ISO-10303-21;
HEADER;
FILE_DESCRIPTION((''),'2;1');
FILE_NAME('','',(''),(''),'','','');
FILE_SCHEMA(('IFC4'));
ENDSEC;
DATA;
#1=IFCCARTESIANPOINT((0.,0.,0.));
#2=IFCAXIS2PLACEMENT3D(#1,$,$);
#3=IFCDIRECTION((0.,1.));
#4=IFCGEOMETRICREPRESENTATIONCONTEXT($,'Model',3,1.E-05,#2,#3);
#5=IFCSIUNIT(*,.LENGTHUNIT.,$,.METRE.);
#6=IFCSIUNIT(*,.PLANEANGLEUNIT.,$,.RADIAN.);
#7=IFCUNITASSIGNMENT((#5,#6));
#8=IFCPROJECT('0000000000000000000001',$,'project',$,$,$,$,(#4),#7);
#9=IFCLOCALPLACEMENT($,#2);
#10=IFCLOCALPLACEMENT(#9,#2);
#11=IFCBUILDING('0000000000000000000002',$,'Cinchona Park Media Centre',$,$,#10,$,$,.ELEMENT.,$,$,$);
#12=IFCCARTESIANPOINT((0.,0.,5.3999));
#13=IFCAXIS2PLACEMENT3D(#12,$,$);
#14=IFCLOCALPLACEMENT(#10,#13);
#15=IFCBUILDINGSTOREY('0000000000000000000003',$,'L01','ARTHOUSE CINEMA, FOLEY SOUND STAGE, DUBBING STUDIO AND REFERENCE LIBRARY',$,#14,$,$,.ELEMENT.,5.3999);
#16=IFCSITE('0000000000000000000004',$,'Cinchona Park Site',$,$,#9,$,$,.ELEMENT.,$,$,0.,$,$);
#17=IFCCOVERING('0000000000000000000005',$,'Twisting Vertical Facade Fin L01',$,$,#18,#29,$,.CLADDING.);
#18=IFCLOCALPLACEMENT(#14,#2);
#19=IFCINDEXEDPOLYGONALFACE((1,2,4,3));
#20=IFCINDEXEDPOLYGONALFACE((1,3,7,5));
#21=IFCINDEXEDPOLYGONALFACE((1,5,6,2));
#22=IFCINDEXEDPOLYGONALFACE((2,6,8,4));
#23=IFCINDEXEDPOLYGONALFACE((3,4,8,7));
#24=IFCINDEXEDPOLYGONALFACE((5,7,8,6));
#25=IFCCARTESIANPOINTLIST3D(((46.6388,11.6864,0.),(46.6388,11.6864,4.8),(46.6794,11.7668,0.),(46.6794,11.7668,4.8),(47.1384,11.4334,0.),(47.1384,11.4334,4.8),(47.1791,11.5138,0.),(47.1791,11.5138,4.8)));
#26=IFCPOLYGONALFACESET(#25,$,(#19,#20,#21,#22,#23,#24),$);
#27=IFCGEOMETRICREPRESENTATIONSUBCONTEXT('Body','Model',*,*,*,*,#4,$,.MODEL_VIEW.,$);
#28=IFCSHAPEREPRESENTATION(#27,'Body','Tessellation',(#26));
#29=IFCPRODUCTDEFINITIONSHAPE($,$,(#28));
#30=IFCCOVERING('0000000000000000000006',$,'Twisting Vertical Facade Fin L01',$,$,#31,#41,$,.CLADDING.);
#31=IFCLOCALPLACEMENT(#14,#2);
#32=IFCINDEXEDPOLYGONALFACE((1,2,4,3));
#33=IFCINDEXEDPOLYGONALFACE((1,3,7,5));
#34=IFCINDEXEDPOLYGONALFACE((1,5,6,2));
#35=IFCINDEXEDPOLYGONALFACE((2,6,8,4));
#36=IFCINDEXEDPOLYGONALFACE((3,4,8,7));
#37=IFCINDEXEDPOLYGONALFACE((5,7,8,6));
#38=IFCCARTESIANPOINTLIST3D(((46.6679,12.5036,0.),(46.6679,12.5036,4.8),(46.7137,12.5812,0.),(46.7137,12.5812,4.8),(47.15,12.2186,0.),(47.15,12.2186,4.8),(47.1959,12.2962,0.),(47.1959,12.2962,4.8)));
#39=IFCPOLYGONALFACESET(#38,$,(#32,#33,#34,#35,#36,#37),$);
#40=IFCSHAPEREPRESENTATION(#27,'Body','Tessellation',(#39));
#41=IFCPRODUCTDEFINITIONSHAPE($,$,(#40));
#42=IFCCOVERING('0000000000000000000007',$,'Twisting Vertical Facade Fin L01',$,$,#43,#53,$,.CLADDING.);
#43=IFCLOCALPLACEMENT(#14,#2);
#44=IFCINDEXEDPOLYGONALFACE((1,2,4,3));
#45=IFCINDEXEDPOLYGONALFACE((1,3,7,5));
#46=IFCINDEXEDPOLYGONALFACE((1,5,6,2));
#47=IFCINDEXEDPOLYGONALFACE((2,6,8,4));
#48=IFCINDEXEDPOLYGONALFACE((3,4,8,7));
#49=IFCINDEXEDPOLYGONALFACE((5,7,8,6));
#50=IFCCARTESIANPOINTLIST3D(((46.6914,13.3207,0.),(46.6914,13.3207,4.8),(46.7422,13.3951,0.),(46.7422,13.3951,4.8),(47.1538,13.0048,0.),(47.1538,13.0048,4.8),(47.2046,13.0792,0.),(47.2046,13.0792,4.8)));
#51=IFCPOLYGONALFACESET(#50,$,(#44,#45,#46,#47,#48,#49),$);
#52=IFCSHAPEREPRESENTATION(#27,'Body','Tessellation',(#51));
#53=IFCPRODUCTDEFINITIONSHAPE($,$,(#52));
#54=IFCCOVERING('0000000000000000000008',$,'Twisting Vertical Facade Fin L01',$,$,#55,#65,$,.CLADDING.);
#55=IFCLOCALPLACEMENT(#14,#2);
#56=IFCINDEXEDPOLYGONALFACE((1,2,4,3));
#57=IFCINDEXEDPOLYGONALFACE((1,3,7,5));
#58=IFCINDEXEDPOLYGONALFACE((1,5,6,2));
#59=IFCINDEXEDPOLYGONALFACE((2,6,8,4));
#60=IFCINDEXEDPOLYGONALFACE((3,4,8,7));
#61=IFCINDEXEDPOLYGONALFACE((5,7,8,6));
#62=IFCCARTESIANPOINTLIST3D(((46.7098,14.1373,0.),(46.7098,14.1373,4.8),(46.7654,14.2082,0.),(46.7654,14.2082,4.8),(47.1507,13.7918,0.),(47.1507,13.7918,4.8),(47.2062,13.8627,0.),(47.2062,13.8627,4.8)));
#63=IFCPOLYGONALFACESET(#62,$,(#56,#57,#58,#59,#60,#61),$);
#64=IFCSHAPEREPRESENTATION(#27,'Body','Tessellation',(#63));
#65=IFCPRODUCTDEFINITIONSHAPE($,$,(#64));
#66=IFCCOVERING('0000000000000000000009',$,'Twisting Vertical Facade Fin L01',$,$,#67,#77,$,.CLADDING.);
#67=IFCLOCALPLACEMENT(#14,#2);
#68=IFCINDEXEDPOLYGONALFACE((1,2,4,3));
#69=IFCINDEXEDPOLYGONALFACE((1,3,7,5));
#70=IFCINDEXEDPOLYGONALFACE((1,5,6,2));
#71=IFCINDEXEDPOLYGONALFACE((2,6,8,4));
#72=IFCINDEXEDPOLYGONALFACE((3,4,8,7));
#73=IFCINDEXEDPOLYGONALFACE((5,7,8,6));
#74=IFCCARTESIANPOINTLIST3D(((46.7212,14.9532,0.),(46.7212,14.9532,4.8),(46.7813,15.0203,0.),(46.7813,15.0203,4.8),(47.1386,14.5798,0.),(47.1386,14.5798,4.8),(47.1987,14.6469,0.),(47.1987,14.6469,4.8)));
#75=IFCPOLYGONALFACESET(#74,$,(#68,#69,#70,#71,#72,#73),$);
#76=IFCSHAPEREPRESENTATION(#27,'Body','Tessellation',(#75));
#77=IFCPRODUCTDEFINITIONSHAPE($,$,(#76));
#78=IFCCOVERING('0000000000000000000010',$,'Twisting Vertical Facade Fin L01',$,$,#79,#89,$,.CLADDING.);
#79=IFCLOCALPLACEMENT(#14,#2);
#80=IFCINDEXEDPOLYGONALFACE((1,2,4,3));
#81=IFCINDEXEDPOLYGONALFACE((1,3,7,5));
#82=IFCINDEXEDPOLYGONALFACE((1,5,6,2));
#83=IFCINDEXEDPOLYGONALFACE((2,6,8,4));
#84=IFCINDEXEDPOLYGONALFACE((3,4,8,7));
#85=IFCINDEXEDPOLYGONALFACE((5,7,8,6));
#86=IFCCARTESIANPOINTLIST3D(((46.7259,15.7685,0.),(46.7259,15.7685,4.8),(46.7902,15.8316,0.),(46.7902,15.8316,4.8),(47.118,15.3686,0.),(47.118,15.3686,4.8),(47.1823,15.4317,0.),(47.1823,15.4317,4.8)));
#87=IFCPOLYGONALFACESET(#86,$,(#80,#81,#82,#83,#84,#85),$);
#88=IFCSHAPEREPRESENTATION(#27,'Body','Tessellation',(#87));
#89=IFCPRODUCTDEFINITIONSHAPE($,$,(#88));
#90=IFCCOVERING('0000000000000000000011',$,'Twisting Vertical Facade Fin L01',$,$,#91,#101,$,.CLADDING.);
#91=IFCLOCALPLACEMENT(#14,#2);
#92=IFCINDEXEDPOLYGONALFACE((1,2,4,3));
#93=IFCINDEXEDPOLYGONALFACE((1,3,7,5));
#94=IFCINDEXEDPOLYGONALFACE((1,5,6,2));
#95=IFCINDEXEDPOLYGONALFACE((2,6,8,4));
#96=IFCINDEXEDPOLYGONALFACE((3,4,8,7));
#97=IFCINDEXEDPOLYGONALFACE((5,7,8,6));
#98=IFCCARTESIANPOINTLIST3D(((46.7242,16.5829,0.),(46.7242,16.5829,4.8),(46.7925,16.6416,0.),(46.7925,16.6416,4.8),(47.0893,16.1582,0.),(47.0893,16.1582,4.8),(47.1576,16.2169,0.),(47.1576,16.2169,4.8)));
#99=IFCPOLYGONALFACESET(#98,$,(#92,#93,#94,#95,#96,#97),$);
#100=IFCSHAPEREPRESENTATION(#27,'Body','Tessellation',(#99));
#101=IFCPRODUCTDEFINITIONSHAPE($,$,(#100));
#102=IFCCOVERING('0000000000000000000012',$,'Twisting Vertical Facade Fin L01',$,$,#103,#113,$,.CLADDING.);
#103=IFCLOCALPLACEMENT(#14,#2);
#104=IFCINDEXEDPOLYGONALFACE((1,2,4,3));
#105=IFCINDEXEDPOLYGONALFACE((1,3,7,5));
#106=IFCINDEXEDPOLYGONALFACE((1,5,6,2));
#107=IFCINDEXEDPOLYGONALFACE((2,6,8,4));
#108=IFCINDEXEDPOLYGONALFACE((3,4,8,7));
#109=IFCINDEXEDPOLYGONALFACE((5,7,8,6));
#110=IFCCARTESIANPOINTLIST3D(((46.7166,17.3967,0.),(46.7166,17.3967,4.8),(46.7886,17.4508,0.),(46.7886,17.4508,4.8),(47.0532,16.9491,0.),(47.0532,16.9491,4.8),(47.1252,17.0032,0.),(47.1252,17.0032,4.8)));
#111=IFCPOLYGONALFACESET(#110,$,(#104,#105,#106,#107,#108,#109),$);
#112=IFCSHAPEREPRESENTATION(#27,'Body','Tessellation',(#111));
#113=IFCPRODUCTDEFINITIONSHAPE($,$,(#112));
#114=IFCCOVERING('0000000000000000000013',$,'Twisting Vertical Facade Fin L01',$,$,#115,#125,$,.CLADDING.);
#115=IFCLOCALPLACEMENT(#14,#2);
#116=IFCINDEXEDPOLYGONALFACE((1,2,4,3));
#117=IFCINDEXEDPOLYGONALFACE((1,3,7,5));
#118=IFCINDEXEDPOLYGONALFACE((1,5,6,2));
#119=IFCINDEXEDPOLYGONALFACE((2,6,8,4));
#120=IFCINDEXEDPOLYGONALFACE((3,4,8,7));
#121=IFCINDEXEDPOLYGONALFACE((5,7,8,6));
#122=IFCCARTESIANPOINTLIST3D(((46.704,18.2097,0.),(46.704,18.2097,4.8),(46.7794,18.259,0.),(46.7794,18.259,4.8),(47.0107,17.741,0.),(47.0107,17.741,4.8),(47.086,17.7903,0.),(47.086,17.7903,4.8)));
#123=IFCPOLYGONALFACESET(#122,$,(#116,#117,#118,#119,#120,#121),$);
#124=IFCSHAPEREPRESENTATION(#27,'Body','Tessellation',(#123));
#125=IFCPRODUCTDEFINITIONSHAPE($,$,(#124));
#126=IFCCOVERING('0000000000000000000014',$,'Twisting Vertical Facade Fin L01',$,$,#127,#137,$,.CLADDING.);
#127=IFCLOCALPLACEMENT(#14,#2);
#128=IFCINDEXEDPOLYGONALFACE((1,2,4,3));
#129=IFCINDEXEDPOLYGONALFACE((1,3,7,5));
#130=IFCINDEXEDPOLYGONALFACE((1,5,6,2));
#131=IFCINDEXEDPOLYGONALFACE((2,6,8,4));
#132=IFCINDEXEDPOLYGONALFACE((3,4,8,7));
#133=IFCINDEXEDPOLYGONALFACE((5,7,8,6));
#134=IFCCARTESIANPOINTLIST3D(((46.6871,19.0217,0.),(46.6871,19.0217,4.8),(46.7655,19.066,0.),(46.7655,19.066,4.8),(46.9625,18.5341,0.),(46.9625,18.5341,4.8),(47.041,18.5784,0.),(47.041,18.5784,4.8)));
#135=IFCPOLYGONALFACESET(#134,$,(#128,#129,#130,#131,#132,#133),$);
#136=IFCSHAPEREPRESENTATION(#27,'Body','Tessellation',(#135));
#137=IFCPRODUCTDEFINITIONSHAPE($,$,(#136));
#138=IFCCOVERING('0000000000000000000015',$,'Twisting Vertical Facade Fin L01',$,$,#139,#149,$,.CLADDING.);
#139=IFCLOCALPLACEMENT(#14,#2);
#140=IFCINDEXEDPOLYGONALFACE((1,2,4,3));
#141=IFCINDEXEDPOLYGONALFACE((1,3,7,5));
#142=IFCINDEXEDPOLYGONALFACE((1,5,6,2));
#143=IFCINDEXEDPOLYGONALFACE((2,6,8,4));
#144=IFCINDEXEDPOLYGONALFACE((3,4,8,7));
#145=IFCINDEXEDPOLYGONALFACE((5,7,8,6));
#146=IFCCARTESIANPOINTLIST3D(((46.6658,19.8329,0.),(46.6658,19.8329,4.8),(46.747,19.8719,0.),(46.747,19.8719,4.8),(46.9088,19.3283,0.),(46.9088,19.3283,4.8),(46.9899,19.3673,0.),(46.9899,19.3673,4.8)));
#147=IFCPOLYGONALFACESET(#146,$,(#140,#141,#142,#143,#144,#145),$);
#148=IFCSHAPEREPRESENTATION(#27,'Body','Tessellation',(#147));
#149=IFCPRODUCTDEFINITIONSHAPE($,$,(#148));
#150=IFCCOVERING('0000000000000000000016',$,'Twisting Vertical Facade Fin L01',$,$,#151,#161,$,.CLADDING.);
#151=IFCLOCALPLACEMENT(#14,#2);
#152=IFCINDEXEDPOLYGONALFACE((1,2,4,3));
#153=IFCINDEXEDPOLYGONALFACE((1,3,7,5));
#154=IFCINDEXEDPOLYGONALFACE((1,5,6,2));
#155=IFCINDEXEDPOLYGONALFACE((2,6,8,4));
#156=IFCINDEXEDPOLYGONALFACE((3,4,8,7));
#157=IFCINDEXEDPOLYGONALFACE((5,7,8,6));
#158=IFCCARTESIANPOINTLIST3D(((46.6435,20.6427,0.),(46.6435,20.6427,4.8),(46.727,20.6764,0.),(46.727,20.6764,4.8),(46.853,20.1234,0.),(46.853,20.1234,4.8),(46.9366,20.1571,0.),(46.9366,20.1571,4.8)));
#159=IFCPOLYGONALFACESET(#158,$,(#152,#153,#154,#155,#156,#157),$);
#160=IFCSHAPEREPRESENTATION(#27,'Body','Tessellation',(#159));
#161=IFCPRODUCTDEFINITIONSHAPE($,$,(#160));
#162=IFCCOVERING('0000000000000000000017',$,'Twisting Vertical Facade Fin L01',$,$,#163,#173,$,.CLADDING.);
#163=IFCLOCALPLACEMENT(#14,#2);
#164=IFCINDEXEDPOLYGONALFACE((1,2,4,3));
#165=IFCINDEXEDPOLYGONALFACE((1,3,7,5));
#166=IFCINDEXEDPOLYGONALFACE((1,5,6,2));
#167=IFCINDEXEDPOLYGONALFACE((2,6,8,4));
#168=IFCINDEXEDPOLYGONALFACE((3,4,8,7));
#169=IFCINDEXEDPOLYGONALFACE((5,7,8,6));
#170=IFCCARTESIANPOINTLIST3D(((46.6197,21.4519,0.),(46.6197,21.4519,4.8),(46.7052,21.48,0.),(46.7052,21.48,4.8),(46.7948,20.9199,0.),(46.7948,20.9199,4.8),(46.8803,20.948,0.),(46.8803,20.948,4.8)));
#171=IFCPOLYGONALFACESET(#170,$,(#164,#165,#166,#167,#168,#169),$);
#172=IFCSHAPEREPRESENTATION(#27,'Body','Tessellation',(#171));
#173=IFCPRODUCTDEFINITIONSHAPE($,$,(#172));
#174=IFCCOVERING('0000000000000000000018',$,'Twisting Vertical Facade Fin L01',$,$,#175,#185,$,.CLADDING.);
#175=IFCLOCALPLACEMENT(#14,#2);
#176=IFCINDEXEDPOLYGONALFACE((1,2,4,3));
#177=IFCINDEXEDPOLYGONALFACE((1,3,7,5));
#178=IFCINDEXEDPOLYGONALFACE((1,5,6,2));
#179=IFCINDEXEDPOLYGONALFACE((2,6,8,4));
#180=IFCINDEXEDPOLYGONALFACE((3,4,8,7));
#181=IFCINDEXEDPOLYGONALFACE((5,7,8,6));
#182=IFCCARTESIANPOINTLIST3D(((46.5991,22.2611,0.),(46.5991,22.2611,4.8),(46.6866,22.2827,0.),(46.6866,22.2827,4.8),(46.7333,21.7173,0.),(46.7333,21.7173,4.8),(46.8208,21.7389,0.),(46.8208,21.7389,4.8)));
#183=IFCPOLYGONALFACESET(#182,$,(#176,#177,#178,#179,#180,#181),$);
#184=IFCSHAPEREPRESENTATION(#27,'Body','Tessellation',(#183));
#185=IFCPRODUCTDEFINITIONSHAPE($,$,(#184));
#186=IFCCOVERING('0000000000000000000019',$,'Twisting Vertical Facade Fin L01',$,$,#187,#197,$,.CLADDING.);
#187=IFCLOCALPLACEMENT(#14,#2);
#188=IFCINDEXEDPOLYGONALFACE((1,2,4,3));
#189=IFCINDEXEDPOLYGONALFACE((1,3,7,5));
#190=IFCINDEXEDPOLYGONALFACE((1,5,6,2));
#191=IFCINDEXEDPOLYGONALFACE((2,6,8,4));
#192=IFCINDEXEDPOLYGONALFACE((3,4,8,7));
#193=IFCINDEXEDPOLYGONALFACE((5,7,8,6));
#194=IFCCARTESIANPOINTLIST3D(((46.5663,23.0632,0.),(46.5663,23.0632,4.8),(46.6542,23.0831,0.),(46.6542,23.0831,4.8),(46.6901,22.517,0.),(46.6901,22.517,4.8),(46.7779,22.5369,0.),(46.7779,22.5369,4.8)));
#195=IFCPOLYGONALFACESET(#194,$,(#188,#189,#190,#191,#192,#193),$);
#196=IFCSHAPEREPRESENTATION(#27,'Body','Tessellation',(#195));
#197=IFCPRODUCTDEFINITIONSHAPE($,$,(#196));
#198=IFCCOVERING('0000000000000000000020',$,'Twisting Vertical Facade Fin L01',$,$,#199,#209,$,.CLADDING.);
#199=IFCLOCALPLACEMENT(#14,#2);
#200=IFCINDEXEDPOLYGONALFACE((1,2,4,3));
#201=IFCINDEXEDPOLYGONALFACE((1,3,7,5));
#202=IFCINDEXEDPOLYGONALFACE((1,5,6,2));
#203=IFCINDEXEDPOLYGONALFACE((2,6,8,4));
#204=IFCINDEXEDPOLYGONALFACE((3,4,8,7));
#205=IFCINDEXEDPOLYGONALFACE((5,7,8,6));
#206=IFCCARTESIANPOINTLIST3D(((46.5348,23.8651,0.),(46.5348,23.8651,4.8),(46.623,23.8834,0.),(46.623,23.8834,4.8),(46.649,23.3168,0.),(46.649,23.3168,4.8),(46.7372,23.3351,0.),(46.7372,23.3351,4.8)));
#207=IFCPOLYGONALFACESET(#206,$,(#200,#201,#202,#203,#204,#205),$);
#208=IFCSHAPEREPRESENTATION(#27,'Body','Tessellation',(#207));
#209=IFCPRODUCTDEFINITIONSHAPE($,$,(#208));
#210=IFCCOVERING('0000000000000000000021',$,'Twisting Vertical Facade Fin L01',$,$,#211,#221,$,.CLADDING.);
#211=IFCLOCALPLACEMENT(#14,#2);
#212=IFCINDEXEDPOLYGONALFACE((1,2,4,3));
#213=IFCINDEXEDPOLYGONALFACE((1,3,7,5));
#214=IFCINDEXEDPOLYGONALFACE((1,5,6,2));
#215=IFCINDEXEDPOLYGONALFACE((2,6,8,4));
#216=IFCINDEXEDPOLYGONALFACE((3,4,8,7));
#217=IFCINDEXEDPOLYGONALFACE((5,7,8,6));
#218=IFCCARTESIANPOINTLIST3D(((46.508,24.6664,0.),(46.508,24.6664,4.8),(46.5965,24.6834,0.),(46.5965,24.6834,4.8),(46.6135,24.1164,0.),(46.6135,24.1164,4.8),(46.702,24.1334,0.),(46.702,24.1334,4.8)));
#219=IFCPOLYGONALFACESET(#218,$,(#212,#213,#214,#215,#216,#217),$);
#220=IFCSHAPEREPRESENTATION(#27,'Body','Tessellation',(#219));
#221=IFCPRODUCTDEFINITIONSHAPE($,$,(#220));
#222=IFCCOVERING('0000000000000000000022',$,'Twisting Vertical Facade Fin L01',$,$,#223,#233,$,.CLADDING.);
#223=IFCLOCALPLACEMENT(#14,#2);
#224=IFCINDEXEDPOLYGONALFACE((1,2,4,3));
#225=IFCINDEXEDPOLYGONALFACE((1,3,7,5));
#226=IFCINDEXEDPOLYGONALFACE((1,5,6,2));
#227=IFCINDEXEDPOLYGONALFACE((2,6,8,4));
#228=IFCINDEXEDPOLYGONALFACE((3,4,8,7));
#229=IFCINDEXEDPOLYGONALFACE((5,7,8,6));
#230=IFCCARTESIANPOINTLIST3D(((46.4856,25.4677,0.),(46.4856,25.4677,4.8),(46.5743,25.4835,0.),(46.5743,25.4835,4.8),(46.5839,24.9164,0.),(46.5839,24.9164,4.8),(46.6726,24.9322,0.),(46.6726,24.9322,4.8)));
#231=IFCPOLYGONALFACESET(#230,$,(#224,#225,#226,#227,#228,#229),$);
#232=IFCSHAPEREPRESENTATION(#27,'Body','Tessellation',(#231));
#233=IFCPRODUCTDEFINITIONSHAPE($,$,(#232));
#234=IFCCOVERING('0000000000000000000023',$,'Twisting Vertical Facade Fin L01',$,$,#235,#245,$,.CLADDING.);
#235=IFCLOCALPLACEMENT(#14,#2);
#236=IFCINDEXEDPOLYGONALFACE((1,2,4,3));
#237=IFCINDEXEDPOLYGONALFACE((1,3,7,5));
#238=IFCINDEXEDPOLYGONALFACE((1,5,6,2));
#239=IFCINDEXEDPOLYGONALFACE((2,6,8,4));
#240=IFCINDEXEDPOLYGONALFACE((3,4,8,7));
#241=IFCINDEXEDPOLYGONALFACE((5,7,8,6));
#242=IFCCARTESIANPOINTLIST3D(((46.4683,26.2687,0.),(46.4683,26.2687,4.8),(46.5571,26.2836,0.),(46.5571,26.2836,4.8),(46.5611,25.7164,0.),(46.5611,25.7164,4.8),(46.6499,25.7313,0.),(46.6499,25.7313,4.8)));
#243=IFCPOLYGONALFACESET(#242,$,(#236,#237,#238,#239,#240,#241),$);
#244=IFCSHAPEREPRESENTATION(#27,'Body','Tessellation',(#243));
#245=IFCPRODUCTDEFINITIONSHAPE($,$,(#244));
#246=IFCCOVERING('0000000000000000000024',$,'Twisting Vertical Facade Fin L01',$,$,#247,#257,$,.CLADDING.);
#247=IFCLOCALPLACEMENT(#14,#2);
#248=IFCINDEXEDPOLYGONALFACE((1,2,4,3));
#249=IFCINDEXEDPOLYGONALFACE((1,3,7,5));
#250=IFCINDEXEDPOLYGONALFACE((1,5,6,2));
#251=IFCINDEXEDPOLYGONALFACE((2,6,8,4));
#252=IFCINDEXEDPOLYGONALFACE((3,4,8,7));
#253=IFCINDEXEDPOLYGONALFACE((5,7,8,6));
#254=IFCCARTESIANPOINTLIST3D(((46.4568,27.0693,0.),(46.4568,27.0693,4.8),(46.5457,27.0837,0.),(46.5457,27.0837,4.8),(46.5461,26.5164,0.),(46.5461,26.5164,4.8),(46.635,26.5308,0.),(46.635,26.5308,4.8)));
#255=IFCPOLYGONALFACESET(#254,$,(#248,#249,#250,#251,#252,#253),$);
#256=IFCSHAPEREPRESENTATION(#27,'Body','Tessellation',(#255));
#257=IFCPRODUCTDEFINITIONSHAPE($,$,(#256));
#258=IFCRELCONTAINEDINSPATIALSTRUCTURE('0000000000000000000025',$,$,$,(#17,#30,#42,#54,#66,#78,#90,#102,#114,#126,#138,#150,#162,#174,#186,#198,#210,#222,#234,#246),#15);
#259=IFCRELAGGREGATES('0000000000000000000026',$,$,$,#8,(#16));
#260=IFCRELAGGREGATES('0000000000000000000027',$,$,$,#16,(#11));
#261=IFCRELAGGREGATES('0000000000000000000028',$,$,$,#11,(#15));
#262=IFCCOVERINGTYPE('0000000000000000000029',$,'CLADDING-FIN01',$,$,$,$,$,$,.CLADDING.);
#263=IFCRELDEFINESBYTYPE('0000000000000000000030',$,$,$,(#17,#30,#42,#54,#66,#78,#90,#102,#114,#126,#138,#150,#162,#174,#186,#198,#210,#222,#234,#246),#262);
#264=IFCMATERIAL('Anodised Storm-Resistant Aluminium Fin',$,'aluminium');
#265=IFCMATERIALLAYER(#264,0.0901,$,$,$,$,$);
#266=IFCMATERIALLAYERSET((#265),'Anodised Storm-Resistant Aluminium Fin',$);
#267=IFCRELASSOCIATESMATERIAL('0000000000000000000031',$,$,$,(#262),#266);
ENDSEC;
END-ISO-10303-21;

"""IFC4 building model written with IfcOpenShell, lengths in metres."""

from ifc_helpers import new_model, si_unit, direction, frame, origin, origin_2d, place, context, subcontext, project, spatial, rectangle, extrude, material, layer, layer_set, type_object, element, save


model = new_model("IFC4")

# Units and contexts
model_context = context("Model", 3, precision=1e-05, world=origin(), true_north=direction((0.0, 1.0)))
body_context = subcontext(model_context, "Body", "Model", "MODEL_VIEW")
ifc_project = project(units=[si_unit("LENGTHUNIT", "METRE"), si_unit("PLANEANGLEUNIT", "RADIAN")], contexts=[model_context])

# Site, building, storey
site_placement = place(None, origin())
site = spatial("IfcSite", under=ifc_project, at=site_placement, Name="Cinchona Park Site", CompositionType="ELEMENT", RefElevation=0.0)
building_placement = place(site_placement, origin())
building = spatial("IfcBuilding", under=site, at=building_placement, Name="Cinchona Park Media Centre", CompositionType="ELEMENT")
storey_placement = place(building_placement, frame((0.0, 0.0, 5.3999)))
storey = spatial("IfcBuildingStorey", under=building, at=storey_placement, Name="L01", Description="ARTHOUSE CINEMA, FOLEY SOUND STAGE, DUBBING STUDIO AND REFERENCE LIBRARY", CompositionType="ELEMENT", Elevation=5.3999)

# Coverings
ifc_material_1 = material(Name="Anodised Storm-Resistant Aluminium Fin", Category="aluminium")
ifc_layer = layer(ifc_material_1, 0.0901)
ifc_layer_set = layer_set([ifc_layer], Name="Anodised Storm-Resistant Aluminium Fin")
covering_type = type_object("IfcCoveringType", Name="CLADDING-FIN01", PredefinedType="CLADDING", material=ifc_layer_set)
for number, where, z_axis, x_axis, name in (
    (1, (46.9089, 11.6001, 0.0), (0.0, 0.0, 1.0), (-0.892192, 0.451656, 0.0), "Twisting Vertical Facade Fin L01"),
    (2, (46.9319, 12.3999, 0.0), (0.0, 0.0, 1.0), (-0.860831, 0.508891, 0.0), "Twisting Vertical Facade Fin L01"),
    (3, (46.948, 13.2, 0.0), (0.0, 0.0, 1.0), (-0.825705, 0.564103, 0.0), "Twisting Vertical Facade Fin L01"),
    (4, (46.958, 14.0, 0.0), (0.0, 0.0, 1.0), (-0.78715, 0.616761, 0.0), "Twisting Vertical Facade Fin L01"),
    (5, (46.96, 14.8, 0.0), (0.0, 0.0, 1.0), (-0.745243, 0.666793, 0.0), "Twisting Vertical Facade Fin L01"),
    (6, (46.9541, 15.6001, 0.0), (0.0, 0.0, 1.0), (-0.700037, 0.714106, 0.0), "Twisting Vertical Facade Fin L01"),
    (7, (46.9409, 16.3999, 0.0), (0.0, 0.0, 1.0), (-0.651966, 0.758248, 0.0), "Twisting Vertical Facade Fin L01"),
    (8, (46.9209, 17.2, 0.0), (0.0, 0.0, 1.0), (-0.600978, 0.799265, 0.0), "Twisting Vertical Facade Fin L01"),
    (9, (46.895, 18.0, 0.0), (0.0, 0.0, 1.0), (-0.547563, 0.836764, 0.0), "Twisting Vertical Facade Fin L01"),
    (10, (46.864, 18.8, 0.0), (0.0, 0.0, 1.0), (-0.491816, 0.870699, 0.0), "Twisting Vertical Facade Fin L01"),
    (11, (46.8279, 19.6001, 0.0), (0.0, 0.0, 1.0), (-0.433816, 0.901001, 0.0), "Twisting Vertical Facade Fin L01"),
    (12, (46.79, 20.3999, 0.0), (0.0, 0.0, 1.0), (-0.374121, 0.92738, 0.0), "Twisting Vertical Facade Fin L01"),
    (13, (46.75, 21.2, 0.0), (0.0, 0.0, 1.0), (-0.312667, 0.949863, 0.0), "Twisting Vertical Facade Fin L01"),
    (14, (46.71, 22.0, 0.0), (0.0, 0.0, 1.0), (-0.23955, 0.970884, 0.0), "Twisting Vertical Facade Fin L01"),
    (15, (46.6721, 22.8, 0.0), (0.0, 0.0, 1.0), (-0.221038, 0.975265, 0.0), "Twisting Vertical Facade Fin L01"),
    (16, (46.636, 23.6001, 0.0), (0.0, 0.0, 1.0), (-0.203813, 0.97901, 0.0), "Twisting Vertical Facade Fin L01"),
    (17, (46.605, 24.3999, 0.0), (0.0, 0.0, 1.0), (-0.18841, 0.98209, 0.0), "Twisting Vertical Facade Fin L01"),
    (18, (46.5791, 25.2, 0.0), (0.0, 0.0, 1.0), (-0.175539, 0.984473, 0.0), "Twisting Vertical Facade Fin L01"),
    (19, (46.5591, 26.0, 0.0), (0.0, 0.0, 1.0), (-0.165736, 0.98617, 0.0), "Twisting Vertical Facade Fin L01"),
    (20, (46.5459, 26.8, 0.0), (0.0, 0.0, 1.0), (-0.159364, 0.98722, 0.0), "Twisting Vertical Facade Fin L01"),
):
    element("IfcCovering", number, at=place(storey_placement, frame(where, z_axis=z_axis, x_axis=x_axis)), inside=storey, type_object=covering_type, Name=name, PredefinedType="CLADDING", context=body_context, shape_type="SweptSolid", body=[
        extrude(rectangle(XDim=0.5601, YDim=0.0901, at=origin_2d()), origin(), (0.0, 0.0, 1.0), 4.8),
    ])

save(model, "model.ifc")
